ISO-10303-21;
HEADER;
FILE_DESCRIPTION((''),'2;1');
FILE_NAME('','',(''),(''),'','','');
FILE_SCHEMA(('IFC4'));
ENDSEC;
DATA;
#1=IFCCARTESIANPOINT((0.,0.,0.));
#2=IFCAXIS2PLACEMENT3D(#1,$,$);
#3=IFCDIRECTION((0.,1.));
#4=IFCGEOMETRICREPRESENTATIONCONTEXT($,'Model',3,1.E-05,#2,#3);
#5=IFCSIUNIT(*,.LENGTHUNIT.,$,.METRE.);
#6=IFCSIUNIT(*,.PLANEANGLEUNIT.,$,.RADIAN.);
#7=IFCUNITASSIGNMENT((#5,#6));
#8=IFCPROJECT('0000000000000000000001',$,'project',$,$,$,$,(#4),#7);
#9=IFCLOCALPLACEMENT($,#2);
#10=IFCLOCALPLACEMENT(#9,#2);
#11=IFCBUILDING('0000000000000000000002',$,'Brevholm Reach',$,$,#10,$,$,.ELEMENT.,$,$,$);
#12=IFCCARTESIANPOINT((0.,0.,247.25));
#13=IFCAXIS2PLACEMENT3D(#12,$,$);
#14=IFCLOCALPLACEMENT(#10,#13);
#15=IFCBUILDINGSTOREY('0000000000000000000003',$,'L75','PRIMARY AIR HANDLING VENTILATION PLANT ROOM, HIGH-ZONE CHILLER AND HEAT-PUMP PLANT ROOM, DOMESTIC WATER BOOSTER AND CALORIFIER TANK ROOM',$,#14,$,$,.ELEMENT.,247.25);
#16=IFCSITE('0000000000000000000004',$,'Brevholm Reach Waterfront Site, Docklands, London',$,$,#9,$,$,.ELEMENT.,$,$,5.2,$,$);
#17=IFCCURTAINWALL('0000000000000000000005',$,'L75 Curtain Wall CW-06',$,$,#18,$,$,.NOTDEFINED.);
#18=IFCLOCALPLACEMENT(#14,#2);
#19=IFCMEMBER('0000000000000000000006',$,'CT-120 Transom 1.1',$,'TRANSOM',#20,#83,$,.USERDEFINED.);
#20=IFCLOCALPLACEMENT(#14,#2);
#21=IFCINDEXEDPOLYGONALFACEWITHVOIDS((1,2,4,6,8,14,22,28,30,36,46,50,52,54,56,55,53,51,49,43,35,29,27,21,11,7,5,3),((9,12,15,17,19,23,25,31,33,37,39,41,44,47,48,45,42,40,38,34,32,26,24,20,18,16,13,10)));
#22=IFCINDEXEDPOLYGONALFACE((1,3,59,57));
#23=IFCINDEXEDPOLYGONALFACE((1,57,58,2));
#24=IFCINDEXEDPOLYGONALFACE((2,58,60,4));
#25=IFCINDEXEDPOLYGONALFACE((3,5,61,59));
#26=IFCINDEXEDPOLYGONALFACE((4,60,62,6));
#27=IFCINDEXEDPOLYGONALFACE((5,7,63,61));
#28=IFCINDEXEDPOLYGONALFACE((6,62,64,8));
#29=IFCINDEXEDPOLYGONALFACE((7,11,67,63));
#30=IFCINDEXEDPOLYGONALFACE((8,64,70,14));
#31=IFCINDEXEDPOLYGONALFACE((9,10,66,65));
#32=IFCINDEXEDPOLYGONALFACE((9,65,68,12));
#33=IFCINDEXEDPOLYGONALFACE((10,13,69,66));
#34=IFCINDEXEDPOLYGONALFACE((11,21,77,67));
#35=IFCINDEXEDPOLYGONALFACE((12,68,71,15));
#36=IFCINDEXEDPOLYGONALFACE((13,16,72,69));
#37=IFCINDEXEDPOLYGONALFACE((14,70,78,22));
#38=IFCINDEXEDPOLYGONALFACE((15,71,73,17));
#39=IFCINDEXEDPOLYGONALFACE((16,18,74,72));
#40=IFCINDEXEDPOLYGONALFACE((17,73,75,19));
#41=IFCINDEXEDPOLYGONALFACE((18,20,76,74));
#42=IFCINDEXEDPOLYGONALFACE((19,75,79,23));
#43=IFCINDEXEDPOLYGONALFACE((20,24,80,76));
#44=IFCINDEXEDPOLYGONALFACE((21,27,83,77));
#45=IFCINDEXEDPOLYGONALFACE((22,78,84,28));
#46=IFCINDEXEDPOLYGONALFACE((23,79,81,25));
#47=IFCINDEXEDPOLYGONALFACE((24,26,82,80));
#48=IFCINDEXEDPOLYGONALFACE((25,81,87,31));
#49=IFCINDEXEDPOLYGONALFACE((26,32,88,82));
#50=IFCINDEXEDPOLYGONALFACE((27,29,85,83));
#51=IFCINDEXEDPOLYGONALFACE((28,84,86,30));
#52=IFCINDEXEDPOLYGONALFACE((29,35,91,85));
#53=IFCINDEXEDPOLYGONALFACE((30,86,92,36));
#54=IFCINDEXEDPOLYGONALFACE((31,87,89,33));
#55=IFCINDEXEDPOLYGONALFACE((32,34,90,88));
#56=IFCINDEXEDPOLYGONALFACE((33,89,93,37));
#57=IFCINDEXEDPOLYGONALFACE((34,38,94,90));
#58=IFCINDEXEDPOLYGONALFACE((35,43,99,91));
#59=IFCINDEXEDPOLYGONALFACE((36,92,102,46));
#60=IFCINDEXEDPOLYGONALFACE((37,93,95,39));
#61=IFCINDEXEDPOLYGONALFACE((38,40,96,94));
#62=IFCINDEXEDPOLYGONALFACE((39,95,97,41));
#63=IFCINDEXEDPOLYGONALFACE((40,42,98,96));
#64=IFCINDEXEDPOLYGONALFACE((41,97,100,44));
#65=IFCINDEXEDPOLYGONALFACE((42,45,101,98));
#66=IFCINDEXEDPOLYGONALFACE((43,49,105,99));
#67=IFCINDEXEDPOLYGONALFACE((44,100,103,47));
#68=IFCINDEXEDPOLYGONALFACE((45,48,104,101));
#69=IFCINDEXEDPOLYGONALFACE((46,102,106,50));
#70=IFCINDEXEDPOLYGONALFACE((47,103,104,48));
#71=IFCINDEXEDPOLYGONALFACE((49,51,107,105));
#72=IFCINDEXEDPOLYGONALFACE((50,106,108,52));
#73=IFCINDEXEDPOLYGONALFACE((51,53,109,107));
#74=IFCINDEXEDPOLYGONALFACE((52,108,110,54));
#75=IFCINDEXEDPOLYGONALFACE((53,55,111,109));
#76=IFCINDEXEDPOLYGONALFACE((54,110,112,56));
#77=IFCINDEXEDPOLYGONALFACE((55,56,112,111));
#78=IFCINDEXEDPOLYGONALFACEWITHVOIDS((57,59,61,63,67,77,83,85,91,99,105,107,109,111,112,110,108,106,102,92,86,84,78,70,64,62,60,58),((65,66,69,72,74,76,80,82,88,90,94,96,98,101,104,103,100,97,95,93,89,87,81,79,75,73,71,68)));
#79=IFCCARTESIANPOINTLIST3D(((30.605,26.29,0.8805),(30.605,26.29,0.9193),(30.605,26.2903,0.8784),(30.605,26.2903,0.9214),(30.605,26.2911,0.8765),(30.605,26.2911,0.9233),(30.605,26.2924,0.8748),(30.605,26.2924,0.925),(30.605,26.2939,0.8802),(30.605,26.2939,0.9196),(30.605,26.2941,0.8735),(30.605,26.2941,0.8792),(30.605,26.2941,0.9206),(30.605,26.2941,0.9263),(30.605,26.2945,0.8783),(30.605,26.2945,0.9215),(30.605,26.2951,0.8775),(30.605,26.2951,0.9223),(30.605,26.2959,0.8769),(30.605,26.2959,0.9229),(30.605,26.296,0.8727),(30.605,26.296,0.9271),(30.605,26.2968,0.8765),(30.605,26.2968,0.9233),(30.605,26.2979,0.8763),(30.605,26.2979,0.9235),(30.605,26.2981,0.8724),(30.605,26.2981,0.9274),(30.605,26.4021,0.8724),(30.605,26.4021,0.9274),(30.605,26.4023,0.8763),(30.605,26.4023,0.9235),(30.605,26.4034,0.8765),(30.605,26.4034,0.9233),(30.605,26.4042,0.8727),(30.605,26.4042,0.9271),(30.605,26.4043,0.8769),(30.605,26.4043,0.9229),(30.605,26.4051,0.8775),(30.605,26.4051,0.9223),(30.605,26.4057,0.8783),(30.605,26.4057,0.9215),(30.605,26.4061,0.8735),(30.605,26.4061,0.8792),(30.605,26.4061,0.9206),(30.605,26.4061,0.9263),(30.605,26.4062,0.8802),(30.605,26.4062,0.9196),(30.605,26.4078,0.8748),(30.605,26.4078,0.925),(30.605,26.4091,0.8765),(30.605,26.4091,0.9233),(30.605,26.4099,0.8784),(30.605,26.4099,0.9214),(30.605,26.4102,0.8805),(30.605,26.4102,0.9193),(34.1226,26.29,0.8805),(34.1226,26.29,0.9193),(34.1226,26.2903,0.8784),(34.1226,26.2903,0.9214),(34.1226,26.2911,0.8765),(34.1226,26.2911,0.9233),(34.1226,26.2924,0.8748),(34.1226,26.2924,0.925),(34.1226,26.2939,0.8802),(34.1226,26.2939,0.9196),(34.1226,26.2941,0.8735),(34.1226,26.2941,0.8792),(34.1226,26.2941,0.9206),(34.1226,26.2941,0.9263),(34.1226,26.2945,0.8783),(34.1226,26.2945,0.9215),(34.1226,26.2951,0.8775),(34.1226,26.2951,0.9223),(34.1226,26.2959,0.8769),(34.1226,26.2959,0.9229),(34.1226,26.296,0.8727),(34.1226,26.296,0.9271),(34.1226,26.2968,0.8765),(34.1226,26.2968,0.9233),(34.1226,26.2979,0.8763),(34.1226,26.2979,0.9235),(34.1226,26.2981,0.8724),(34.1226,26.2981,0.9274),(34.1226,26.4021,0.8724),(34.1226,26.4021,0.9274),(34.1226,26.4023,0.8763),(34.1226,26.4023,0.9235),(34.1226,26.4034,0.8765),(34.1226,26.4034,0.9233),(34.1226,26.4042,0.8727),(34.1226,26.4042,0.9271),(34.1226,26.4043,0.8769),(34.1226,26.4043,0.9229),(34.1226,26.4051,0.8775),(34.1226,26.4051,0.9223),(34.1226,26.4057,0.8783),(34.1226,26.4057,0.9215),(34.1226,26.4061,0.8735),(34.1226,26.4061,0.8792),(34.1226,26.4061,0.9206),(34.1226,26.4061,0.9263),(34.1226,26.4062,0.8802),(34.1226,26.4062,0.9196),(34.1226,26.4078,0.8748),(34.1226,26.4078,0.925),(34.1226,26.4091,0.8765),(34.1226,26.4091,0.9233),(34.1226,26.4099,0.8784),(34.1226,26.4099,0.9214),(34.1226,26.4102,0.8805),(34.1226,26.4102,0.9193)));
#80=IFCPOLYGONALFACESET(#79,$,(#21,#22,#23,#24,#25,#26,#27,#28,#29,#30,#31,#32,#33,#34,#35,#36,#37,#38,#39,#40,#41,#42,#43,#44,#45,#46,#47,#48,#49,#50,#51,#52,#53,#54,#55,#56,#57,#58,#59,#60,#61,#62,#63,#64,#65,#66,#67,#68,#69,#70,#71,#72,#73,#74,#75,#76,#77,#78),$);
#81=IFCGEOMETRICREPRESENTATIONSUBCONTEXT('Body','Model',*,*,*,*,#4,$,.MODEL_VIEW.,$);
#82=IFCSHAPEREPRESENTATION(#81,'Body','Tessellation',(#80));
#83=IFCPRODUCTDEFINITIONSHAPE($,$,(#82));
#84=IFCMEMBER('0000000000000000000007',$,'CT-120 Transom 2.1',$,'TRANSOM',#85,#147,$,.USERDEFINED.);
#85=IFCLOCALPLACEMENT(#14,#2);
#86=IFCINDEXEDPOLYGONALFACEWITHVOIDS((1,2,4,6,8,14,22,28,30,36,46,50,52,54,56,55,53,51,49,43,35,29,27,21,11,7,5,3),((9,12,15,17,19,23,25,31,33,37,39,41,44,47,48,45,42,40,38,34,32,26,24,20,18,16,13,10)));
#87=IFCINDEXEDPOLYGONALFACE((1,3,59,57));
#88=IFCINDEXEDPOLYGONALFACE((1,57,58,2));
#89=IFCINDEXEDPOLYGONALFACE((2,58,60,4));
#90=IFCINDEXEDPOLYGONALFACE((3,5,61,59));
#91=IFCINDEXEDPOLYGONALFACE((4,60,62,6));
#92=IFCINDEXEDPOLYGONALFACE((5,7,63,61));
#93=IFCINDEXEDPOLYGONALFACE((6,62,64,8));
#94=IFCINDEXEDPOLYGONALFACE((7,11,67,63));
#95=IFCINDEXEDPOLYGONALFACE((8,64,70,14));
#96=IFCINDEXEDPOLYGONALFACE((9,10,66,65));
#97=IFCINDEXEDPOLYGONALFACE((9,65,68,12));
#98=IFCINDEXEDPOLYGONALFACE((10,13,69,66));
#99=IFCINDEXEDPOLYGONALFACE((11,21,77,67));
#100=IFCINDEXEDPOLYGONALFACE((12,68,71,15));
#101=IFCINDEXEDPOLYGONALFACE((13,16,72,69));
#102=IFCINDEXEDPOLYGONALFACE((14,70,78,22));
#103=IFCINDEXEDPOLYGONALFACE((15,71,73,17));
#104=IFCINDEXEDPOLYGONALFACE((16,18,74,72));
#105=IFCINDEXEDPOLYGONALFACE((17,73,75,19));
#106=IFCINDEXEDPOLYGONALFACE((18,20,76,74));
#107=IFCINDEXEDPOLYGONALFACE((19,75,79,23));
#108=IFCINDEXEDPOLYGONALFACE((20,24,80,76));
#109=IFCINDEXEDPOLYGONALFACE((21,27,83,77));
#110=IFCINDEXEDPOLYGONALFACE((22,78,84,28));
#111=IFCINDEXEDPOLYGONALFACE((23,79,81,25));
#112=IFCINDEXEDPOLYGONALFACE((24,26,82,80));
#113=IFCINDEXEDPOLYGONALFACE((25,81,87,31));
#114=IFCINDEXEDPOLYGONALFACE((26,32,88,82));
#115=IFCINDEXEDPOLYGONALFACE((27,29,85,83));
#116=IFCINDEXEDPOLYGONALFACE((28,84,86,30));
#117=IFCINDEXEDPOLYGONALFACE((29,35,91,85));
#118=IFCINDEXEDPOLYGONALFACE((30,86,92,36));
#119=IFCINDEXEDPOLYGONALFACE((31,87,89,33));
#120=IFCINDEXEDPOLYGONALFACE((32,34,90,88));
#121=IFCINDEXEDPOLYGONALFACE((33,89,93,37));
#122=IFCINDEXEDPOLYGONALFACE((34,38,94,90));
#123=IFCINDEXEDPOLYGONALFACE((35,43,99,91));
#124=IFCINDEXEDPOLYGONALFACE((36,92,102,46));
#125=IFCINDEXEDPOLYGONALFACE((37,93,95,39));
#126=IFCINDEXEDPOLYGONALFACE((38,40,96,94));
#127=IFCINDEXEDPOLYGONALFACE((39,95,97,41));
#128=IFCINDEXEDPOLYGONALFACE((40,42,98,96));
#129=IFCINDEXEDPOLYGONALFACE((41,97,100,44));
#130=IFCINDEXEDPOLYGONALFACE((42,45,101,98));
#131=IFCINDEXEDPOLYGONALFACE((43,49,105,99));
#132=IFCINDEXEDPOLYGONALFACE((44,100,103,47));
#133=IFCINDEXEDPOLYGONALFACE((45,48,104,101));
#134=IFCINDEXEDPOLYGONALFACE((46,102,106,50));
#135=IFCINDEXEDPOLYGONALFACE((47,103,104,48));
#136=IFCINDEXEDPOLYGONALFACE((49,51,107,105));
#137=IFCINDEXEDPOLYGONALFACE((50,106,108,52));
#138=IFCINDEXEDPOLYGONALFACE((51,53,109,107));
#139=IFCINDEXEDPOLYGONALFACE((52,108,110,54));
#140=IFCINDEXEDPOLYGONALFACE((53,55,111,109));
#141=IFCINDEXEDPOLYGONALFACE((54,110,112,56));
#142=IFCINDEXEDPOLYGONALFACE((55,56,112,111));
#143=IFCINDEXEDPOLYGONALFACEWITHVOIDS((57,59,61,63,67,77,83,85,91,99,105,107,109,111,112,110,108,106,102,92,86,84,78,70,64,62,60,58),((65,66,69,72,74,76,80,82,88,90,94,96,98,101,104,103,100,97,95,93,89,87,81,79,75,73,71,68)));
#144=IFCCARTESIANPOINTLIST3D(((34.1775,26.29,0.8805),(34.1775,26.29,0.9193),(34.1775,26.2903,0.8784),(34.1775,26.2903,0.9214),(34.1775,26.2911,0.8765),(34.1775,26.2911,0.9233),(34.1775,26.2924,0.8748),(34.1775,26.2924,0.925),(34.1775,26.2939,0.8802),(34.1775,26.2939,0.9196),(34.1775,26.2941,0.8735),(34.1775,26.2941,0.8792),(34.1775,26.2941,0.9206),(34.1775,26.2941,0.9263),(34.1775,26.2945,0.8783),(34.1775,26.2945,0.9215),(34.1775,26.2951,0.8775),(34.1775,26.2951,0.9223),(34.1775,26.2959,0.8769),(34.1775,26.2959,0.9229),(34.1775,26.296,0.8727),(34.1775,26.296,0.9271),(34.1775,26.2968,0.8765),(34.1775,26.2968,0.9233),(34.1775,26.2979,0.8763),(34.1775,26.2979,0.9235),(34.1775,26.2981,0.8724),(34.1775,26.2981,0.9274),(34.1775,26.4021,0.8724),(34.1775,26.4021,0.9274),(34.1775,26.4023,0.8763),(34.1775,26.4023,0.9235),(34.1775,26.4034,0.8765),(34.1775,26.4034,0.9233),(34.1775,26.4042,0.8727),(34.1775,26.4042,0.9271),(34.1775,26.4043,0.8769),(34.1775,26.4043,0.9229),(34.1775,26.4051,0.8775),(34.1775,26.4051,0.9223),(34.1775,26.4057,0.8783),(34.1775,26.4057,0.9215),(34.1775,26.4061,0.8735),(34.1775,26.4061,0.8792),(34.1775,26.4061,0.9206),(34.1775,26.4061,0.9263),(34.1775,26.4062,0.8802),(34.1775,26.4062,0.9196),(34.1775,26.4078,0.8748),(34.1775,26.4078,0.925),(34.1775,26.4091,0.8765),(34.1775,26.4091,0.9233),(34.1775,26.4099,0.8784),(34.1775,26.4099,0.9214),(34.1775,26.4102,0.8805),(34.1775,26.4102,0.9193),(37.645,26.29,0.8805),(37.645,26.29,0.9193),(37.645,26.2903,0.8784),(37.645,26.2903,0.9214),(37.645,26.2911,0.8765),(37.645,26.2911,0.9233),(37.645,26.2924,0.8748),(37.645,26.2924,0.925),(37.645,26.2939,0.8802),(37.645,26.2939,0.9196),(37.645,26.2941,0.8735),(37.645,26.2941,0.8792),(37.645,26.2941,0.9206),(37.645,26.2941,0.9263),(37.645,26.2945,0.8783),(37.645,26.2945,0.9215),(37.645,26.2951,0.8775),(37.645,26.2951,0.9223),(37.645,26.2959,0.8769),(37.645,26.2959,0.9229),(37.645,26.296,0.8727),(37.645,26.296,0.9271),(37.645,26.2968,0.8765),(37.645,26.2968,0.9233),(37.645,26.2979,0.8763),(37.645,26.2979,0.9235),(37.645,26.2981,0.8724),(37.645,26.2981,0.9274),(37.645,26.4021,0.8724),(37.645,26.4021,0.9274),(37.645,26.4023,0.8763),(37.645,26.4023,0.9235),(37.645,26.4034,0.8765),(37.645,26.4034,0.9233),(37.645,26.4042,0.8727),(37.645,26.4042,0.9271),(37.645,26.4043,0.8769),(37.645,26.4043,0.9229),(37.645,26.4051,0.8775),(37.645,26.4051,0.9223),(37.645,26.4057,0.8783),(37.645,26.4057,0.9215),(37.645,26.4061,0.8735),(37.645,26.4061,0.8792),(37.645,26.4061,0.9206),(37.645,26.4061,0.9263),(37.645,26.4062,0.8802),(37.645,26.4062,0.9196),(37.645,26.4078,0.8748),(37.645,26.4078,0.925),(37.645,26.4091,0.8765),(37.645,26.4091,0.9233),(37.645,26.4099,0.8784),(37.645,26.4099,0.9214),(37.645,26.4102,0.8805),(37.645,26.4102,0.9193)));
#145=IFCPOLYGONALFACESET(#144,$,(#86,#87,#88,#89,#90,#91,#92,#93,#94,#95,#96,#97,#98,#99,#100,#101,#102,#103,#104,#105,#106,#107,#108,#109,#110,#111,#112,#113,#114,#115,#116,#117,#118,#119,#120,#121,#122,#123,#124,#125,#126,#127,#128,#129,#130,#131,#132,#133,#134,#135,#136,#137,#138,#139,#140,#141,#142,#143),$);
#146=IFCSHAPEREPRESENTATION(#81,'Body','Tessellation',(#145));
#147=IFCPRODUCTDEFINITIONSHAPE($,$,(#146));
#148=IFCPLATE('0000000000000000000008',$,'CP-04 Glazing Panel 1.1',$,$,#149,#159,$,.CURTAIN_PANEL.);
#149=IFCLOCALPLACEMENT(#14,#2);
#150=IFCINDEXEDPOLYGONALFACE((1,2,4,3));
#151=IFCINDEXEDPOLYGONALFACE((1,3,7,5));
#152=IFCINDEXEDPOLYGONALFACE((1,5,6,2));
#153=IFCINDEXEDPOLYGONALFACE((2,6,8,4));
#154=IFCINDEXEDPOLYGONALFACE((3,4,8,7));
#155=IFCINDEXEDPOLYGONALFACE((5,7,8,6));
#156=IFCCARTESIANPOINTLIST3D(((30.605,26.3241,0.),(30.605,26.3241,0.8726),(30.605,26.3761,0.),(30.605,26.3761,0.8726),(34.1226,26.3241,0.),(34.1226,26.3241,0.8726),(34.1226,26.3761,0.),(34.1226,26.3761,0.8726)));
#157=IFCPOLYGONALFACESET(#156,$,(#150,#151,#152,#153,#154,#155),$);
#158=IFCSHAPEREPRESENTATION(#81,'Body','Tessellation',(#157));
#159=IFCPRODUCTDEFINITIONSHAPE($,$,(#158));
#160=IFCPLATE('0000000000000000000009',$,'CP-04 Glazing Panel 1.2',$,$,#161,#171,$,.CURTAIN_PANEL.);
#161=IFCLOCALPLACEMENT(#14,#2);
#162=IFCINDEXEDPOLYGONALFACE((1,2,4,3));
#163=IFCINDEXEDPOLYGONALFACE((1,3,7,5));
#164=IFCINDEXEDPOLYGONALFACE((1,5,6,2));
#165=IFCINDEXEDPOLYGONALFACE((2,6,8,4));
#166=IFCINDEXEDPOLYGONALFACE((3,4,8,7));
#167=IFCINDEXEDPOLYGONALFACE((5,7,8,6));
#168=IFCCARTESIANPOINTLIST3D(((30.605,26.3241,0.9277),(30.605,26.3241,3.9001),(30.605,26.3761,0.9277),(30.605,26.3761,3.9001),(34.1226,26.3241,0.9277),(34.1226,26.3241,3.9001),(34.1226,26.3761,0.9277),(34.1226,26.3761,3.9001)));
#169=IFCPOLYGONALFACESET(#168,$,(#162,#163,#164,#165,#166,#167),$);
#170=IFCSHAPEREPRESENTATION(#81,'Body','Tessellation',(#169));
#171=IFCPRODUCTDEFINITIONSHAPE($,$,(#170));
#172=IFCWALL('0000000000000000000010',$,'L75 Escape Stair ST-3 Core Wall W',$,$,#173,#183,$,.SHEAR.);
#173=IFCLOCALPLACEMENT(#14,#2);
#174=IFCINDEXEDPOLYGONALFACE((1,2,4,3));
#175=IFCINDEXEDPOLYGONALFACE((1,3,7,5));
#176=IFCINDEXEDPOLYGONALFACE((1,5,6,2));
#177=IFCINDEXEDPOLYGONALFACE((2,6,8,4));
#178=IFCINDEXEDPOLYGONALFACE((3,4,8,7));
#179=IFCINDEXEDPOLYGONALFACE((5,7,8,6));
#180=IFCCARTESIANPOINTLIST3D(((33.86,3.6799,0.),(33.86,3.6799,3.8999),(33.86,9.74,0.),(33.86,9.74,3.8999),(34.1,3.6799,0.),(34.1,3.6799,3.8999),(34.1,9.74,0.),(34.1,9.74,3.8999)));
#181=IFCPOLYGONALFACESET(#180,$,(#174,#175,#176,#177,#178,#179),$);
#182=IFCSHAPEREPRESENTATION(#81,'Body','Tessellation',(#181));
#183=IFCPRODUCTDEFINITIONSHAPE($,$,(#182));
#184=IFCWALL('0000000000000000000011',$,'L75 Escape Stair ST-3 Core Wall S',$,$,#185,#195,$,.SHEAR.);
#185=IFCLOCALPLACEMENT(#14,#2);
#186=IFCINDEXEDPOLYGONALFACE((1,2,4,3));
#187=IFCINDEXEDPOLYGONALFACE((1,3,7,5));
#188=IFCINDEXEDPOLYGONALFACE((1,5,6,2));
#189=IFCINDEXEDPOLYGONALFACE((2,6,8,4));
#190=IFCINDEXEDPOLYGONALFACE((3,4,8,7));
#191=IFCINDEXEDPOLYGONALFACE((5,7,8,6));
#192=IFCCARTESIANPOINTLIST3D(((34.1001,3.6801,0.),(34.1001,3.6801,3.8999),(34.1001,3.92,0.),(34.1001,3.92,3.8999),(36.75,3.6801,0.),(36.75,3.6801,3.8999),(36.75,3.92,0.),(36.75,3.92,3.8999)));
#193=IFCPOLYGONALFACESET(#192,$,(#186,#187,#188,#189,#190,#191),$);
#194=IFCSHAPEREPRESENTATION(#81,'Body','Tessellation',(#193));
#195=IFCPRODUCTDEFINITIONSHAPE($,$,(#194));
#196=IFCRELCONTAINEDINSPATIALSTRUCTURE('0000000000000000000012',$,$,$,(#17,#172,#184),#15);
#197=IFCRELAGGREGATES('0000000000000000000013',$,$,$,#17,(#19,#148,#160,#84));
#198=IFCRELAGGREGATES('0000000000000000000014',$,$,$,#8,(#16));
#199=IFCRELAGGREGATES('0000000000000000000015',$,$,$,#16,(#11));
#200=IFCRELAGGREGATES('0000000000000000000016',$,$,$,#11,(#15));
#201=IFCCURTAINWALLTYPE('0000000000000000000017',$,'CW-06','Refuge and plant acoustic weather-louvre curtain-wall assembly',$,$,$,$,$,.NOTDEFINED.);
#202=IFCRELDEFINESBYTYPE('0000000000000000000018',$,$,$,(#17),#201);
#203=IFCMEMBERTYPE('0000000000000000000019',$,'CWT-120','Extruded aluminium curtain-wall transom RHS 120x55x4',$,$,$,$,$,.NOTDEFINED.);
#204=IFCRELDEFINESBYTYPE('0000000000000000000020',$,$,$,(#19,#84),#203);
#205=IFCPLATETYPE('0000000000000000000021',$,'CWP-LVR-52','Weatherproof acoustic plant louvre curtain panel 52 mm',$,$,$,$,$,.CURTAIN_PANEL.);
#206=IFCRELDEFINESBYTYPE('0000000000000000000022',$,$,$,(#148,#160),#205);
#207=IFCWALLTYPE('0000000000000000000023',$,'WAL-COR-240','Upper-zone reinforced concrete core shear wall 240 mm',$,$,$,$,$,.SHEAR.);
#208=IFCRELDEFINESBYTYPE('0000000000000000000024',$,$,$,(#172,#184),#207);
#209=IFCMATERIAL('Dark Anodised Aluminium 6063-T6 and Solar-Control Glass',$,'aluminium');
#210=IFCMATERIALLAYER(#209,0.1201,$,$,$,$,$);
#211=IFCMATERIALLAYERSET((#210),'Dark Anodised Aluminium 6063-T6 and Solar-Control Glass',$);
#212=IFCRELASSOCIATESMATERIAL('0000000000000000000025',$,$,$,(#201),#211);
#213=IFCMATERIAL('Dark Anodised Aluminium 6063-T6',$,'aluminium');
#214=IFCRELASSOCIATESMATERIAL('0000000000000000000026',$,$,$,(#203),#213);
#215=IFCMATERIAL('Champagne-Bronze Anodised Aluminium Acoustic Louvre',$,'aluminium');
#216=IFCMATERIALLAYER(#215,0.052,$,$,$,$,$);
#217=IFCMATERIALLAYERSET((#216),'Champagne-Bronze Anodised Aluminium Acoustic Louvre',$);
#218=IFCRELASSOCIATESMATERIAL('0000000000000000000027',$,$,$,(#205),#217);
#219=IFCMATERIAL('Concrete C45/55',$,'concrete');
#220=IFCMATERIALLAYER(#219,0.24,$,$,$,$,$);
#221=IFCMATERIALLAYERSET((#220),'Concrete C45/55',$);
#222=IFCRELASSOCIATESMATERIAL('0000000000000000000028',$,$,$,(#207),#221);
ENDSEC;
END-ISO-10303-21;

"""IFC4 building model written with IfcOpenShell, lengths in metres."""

from ifc_helpers import new_model, si_unit, direction, frame, frame_2d, origin, origin_2d, place, context, subcontext, project, spatial, rectangle, hollow_rectangle, extrude, material, layer, layer_set, material_profile, profile_set, type_object, element, aggregate, save


model = new_model("IFC4")

# Units and contexts
model_context = context("Model", 3, precision=1e-05, world=origin(), true_north=direction((0.0, 1.0)))
body_context = subcontext(model_context, "Body", "Model", "MODEL_VIEW")
ifc_project = project(units=[si_unit("LENGTHUNIT", "METRE"), si_unit("PLANEANGLEUNIT", "RADIAN")], contexts=[model_context])

# Site, building, storey
site_placement = place(None, origin())
site = spatial("IfcSite", under=ifc_project, at=site_placement, Name="Brevholm Reach Waterfront Site, Docklands, London", CompositionType="ELEMENT", RefElevation=5.2)
building_placement = place(site_placement, origin())
building = spatial("IfcBuilding", under=site, at=building_placement, Name="Brevholm Reach", CompositionType="ELEMENT")
storey_placement = place(building_placement, frame((0.0, 0.0, 247.25)))
storey = spatial("IfcBuildingStorey", under=building, at=storey_placement, Name="L75", Description="PRIMARY AIR HANDLING VENTILATION PLANT ROOM, HIGH-ZONE CHILLER AND HEAT-PUMP PLANT ROOM, DOMESTIC WATER BOOSTER AND CALORIFIER TANK ROOM", CompositionType="ELEMENT", Elevation=247.25)

# Curtain wall, members, plates
ifc_material_1 = material(Name="Dark Anodised Aluminium 6063-T6 and Solar-Control Glass", Category="aluminium")
ifc_layer_1 = layer(ifc_material_1, 0.1201)
ifc_layer_set_1 = layer_set([ifc_layer_1], Name="Dark Anodised Aluminium 6063-T6 and Solar-Control Glass")
curtain_wall_type = type_object("IfcCurtainWallType", Name="CW-06", Description="Refuge and plant acoustic weather-louvre curtain-wall assembly", PredefinedType="NOTDEFINED", material=ifc_layer_set_1)
curtain_wall_placement = place(storey_placement, origin())
curtain_wall = element("IfcCurtainWall", 1, at=curtain_wall_placement, inside=storey, type_object=curtain_wall_type, Name="L75 Curtain Wall CW-06", PredefinedType="NOTDEFINED")
ifc_material_2 = material(Name="Dark Anodised Aluminium 6063-T6", Category="aluminium")
ifc_material_profile_1 = material_profile(ifc_material_2, hollow_rectangle(XDim=0.0549, YDim=0.1201, WallThickness=0.0039, InnerFilletRadius=0.0039, OuterFilletRadius=0.0081, at=origin_2d()), Name="RHS 120x55x4")
ifc_profile_set_1 = profile_set([ifc_material_profile_1], Name="Dark Anodised Aluminium 6063-T6")
member_type_1 = type_object("IfcMemberType", Name="CWT-120", Description="Extruded aluminium curtain-wall transom RHS 120x55x4", PredefinedType="NOTDEFINED", material=ifc_profile_set_1)
member_1_placement = place(storey_placement, frame((30.605, 26.3501, 0.8999), z_axis=(1.0, 0.0, 0.0), x_axis=(0.0, 0.0, 1.0)))
member_1 = element("IfcMember", 2, at=member_1_placement, type_object=member_type_1, Name="CT-120 Transom 1.1", ObjectType="TRANSOM", PredefinedType="USERDEFINED", context=body_context, shape_type="SweptSolid", body=[
    extrude(hollow_rectangle(XDim=0.0549, YDim=0.1201, WallThickness=0.0039, InnerFilletRadius=0.0039, OuterFilletRadius=0.0081, at=origin_2d()), origin(), (0.0, 0.0, 1.0), 3.5176),
])
member_2_placement = place(storey_placement, frame((34.1775, 26.3501, 0.8999), z_axis=(1.0, 0.0, 0.0), x_axis=(0.0, 0.0, 1.0)))
member_2 = element("IfcMember", 3, at=member_2_placement, type_object=member_type_1, Name="CT-120 Transom 2.1", ObjectType="TRANSOM", PredefinedType="USERDEFINED", context=body_context, shape_type="SweptSolid", body=[
    extrude(hollow_rectangle(XDim=0.0549, YDim=0.1201, WallThickness=0.0039, InnerFilletRadius=0.0039, OuterFilletRadius=0.0081, at=origin_2d()), origin(), (0.0, 0.0, 1.0), 3.4675),
])
ifc_material_3 = material(Name="Champagne-Bronze Anodised Aluminium Acoustic Louvre", Category="aluminium")
ifc_layer_2 = layer(ifc_material_3, 0.052)
ifc_layer_set_2 = layer_set([ifc_layer_2], Name="Champagne-Bronze Anodised Aluminium Acoustic Louvre")
plate_type = type_object("IfcPlateType", Name="CWP-LVR-52", Description="Weatherproof acoustic plant louvre curtain panel 52 mm", PredefinedType="CURTAIN_PANEL", material=ifc_layer_set_2)
plate_1_placement = place(storey_placement, frame((32.3638, 26.3501, 0.0), z_axis=(0.0, 0.0, 1.0), x_axis=(1.0, 0.0, 0.0)))
plate_1 = element("IfcPlate", 4, at=plate_1_placement, type_object=plate_type, Name="CP-04 Glazing Panel 1.1", PredefinedType="CURTAIN_PANEL", context=body_context, shape_type="SweptSolid", body=[
    extrude(rectangle(XDim=3.5176, YDim=0.052, at=origin_2d()), origin(), (0.0, 0.0, 1.0), 0.8726),
])
plate_2_placement = place(storey_placement, frame((32.3638, 26.3501, 0.9277), z_axis=(0.0, 0.0, 1.0), x_axis=(1.0, 0.0, 0.0)))
plate_2 = element("IfcPlate", 5, at=plate_2_placement, type_object=plate_type, Name="CP-04 Glazing Panel 1.2", PredefinedType="CURTAIN_PANEL", context=body_context, shape_type="SweptSolid", body=[
    extrude(rectangle(XDim=3.5176, YDim=0.052, at=origin_2d()), origin(), (0.0, 0.0, 1.0), 2.9724),
])
aggregate(curtain_wall, [member_1, plate_1, plate_2, member_2])

# Walls
ifc_material_4 = material(Name="Concrete C45/55", Category="concrete")
ifc_layer_3 = layer(ifc_material_4, 0.24)
ifc_layer_set_3 = layer_set([ifc_layer_3], Name="Concrete C45/55")
wall_type_1 = type_object("IfcWallType", Name="WAL-COR-240", Description="Upper-zone reinforced concrete core shear wall 240 mm", PredefinedType="SHEAR", material=ifc_layer_set_3)
wall_1_placement = place(storey_placement, frame((33.98, 3.6799, 0.0), z_axis=(0.0, 0.0, 1.0), x_axis=(0.0, 1.0, 0.0)))
element("IfcWall", 6, at=wall_1_placement, inside=storey, type_object=wall_type_1, Name="L75 Escape Stair ST-3 Core Wall W", PredefinedType="SHEAR", context=body_context, shape_type="SweptSolid", body=[
    extrude(rectangle(XDim=6.0601, YDim=0.24, at=frame_2d((3.03, 0.0))), origin(), (0.0, 0.0, 1.0), 3.8999),
])
wall_2_placement = place(storey_placement, frame((34.1001, 3.8, 0.0), z_axis=(0.0, 0.0, 1.0), x_axis=(1.0, 0.0, 0.0)))
element("IfcWall", 7, at=wall_2_placement, inside=storey, type_object=wall_type_1, Name="L75 Escape Stair ST-3 Core Wall S", PredefinedType="SHEAR", context=body_context, shape_type="SweptSolid", body=[
    extrude(rectangle(XDim=2.6499, YDim=0.24, at=frame_2d((1.325, 0.0))), origin(), (0.0, 0.0, 1.0), 3.8999),
])

save(model, "model.ifc")
